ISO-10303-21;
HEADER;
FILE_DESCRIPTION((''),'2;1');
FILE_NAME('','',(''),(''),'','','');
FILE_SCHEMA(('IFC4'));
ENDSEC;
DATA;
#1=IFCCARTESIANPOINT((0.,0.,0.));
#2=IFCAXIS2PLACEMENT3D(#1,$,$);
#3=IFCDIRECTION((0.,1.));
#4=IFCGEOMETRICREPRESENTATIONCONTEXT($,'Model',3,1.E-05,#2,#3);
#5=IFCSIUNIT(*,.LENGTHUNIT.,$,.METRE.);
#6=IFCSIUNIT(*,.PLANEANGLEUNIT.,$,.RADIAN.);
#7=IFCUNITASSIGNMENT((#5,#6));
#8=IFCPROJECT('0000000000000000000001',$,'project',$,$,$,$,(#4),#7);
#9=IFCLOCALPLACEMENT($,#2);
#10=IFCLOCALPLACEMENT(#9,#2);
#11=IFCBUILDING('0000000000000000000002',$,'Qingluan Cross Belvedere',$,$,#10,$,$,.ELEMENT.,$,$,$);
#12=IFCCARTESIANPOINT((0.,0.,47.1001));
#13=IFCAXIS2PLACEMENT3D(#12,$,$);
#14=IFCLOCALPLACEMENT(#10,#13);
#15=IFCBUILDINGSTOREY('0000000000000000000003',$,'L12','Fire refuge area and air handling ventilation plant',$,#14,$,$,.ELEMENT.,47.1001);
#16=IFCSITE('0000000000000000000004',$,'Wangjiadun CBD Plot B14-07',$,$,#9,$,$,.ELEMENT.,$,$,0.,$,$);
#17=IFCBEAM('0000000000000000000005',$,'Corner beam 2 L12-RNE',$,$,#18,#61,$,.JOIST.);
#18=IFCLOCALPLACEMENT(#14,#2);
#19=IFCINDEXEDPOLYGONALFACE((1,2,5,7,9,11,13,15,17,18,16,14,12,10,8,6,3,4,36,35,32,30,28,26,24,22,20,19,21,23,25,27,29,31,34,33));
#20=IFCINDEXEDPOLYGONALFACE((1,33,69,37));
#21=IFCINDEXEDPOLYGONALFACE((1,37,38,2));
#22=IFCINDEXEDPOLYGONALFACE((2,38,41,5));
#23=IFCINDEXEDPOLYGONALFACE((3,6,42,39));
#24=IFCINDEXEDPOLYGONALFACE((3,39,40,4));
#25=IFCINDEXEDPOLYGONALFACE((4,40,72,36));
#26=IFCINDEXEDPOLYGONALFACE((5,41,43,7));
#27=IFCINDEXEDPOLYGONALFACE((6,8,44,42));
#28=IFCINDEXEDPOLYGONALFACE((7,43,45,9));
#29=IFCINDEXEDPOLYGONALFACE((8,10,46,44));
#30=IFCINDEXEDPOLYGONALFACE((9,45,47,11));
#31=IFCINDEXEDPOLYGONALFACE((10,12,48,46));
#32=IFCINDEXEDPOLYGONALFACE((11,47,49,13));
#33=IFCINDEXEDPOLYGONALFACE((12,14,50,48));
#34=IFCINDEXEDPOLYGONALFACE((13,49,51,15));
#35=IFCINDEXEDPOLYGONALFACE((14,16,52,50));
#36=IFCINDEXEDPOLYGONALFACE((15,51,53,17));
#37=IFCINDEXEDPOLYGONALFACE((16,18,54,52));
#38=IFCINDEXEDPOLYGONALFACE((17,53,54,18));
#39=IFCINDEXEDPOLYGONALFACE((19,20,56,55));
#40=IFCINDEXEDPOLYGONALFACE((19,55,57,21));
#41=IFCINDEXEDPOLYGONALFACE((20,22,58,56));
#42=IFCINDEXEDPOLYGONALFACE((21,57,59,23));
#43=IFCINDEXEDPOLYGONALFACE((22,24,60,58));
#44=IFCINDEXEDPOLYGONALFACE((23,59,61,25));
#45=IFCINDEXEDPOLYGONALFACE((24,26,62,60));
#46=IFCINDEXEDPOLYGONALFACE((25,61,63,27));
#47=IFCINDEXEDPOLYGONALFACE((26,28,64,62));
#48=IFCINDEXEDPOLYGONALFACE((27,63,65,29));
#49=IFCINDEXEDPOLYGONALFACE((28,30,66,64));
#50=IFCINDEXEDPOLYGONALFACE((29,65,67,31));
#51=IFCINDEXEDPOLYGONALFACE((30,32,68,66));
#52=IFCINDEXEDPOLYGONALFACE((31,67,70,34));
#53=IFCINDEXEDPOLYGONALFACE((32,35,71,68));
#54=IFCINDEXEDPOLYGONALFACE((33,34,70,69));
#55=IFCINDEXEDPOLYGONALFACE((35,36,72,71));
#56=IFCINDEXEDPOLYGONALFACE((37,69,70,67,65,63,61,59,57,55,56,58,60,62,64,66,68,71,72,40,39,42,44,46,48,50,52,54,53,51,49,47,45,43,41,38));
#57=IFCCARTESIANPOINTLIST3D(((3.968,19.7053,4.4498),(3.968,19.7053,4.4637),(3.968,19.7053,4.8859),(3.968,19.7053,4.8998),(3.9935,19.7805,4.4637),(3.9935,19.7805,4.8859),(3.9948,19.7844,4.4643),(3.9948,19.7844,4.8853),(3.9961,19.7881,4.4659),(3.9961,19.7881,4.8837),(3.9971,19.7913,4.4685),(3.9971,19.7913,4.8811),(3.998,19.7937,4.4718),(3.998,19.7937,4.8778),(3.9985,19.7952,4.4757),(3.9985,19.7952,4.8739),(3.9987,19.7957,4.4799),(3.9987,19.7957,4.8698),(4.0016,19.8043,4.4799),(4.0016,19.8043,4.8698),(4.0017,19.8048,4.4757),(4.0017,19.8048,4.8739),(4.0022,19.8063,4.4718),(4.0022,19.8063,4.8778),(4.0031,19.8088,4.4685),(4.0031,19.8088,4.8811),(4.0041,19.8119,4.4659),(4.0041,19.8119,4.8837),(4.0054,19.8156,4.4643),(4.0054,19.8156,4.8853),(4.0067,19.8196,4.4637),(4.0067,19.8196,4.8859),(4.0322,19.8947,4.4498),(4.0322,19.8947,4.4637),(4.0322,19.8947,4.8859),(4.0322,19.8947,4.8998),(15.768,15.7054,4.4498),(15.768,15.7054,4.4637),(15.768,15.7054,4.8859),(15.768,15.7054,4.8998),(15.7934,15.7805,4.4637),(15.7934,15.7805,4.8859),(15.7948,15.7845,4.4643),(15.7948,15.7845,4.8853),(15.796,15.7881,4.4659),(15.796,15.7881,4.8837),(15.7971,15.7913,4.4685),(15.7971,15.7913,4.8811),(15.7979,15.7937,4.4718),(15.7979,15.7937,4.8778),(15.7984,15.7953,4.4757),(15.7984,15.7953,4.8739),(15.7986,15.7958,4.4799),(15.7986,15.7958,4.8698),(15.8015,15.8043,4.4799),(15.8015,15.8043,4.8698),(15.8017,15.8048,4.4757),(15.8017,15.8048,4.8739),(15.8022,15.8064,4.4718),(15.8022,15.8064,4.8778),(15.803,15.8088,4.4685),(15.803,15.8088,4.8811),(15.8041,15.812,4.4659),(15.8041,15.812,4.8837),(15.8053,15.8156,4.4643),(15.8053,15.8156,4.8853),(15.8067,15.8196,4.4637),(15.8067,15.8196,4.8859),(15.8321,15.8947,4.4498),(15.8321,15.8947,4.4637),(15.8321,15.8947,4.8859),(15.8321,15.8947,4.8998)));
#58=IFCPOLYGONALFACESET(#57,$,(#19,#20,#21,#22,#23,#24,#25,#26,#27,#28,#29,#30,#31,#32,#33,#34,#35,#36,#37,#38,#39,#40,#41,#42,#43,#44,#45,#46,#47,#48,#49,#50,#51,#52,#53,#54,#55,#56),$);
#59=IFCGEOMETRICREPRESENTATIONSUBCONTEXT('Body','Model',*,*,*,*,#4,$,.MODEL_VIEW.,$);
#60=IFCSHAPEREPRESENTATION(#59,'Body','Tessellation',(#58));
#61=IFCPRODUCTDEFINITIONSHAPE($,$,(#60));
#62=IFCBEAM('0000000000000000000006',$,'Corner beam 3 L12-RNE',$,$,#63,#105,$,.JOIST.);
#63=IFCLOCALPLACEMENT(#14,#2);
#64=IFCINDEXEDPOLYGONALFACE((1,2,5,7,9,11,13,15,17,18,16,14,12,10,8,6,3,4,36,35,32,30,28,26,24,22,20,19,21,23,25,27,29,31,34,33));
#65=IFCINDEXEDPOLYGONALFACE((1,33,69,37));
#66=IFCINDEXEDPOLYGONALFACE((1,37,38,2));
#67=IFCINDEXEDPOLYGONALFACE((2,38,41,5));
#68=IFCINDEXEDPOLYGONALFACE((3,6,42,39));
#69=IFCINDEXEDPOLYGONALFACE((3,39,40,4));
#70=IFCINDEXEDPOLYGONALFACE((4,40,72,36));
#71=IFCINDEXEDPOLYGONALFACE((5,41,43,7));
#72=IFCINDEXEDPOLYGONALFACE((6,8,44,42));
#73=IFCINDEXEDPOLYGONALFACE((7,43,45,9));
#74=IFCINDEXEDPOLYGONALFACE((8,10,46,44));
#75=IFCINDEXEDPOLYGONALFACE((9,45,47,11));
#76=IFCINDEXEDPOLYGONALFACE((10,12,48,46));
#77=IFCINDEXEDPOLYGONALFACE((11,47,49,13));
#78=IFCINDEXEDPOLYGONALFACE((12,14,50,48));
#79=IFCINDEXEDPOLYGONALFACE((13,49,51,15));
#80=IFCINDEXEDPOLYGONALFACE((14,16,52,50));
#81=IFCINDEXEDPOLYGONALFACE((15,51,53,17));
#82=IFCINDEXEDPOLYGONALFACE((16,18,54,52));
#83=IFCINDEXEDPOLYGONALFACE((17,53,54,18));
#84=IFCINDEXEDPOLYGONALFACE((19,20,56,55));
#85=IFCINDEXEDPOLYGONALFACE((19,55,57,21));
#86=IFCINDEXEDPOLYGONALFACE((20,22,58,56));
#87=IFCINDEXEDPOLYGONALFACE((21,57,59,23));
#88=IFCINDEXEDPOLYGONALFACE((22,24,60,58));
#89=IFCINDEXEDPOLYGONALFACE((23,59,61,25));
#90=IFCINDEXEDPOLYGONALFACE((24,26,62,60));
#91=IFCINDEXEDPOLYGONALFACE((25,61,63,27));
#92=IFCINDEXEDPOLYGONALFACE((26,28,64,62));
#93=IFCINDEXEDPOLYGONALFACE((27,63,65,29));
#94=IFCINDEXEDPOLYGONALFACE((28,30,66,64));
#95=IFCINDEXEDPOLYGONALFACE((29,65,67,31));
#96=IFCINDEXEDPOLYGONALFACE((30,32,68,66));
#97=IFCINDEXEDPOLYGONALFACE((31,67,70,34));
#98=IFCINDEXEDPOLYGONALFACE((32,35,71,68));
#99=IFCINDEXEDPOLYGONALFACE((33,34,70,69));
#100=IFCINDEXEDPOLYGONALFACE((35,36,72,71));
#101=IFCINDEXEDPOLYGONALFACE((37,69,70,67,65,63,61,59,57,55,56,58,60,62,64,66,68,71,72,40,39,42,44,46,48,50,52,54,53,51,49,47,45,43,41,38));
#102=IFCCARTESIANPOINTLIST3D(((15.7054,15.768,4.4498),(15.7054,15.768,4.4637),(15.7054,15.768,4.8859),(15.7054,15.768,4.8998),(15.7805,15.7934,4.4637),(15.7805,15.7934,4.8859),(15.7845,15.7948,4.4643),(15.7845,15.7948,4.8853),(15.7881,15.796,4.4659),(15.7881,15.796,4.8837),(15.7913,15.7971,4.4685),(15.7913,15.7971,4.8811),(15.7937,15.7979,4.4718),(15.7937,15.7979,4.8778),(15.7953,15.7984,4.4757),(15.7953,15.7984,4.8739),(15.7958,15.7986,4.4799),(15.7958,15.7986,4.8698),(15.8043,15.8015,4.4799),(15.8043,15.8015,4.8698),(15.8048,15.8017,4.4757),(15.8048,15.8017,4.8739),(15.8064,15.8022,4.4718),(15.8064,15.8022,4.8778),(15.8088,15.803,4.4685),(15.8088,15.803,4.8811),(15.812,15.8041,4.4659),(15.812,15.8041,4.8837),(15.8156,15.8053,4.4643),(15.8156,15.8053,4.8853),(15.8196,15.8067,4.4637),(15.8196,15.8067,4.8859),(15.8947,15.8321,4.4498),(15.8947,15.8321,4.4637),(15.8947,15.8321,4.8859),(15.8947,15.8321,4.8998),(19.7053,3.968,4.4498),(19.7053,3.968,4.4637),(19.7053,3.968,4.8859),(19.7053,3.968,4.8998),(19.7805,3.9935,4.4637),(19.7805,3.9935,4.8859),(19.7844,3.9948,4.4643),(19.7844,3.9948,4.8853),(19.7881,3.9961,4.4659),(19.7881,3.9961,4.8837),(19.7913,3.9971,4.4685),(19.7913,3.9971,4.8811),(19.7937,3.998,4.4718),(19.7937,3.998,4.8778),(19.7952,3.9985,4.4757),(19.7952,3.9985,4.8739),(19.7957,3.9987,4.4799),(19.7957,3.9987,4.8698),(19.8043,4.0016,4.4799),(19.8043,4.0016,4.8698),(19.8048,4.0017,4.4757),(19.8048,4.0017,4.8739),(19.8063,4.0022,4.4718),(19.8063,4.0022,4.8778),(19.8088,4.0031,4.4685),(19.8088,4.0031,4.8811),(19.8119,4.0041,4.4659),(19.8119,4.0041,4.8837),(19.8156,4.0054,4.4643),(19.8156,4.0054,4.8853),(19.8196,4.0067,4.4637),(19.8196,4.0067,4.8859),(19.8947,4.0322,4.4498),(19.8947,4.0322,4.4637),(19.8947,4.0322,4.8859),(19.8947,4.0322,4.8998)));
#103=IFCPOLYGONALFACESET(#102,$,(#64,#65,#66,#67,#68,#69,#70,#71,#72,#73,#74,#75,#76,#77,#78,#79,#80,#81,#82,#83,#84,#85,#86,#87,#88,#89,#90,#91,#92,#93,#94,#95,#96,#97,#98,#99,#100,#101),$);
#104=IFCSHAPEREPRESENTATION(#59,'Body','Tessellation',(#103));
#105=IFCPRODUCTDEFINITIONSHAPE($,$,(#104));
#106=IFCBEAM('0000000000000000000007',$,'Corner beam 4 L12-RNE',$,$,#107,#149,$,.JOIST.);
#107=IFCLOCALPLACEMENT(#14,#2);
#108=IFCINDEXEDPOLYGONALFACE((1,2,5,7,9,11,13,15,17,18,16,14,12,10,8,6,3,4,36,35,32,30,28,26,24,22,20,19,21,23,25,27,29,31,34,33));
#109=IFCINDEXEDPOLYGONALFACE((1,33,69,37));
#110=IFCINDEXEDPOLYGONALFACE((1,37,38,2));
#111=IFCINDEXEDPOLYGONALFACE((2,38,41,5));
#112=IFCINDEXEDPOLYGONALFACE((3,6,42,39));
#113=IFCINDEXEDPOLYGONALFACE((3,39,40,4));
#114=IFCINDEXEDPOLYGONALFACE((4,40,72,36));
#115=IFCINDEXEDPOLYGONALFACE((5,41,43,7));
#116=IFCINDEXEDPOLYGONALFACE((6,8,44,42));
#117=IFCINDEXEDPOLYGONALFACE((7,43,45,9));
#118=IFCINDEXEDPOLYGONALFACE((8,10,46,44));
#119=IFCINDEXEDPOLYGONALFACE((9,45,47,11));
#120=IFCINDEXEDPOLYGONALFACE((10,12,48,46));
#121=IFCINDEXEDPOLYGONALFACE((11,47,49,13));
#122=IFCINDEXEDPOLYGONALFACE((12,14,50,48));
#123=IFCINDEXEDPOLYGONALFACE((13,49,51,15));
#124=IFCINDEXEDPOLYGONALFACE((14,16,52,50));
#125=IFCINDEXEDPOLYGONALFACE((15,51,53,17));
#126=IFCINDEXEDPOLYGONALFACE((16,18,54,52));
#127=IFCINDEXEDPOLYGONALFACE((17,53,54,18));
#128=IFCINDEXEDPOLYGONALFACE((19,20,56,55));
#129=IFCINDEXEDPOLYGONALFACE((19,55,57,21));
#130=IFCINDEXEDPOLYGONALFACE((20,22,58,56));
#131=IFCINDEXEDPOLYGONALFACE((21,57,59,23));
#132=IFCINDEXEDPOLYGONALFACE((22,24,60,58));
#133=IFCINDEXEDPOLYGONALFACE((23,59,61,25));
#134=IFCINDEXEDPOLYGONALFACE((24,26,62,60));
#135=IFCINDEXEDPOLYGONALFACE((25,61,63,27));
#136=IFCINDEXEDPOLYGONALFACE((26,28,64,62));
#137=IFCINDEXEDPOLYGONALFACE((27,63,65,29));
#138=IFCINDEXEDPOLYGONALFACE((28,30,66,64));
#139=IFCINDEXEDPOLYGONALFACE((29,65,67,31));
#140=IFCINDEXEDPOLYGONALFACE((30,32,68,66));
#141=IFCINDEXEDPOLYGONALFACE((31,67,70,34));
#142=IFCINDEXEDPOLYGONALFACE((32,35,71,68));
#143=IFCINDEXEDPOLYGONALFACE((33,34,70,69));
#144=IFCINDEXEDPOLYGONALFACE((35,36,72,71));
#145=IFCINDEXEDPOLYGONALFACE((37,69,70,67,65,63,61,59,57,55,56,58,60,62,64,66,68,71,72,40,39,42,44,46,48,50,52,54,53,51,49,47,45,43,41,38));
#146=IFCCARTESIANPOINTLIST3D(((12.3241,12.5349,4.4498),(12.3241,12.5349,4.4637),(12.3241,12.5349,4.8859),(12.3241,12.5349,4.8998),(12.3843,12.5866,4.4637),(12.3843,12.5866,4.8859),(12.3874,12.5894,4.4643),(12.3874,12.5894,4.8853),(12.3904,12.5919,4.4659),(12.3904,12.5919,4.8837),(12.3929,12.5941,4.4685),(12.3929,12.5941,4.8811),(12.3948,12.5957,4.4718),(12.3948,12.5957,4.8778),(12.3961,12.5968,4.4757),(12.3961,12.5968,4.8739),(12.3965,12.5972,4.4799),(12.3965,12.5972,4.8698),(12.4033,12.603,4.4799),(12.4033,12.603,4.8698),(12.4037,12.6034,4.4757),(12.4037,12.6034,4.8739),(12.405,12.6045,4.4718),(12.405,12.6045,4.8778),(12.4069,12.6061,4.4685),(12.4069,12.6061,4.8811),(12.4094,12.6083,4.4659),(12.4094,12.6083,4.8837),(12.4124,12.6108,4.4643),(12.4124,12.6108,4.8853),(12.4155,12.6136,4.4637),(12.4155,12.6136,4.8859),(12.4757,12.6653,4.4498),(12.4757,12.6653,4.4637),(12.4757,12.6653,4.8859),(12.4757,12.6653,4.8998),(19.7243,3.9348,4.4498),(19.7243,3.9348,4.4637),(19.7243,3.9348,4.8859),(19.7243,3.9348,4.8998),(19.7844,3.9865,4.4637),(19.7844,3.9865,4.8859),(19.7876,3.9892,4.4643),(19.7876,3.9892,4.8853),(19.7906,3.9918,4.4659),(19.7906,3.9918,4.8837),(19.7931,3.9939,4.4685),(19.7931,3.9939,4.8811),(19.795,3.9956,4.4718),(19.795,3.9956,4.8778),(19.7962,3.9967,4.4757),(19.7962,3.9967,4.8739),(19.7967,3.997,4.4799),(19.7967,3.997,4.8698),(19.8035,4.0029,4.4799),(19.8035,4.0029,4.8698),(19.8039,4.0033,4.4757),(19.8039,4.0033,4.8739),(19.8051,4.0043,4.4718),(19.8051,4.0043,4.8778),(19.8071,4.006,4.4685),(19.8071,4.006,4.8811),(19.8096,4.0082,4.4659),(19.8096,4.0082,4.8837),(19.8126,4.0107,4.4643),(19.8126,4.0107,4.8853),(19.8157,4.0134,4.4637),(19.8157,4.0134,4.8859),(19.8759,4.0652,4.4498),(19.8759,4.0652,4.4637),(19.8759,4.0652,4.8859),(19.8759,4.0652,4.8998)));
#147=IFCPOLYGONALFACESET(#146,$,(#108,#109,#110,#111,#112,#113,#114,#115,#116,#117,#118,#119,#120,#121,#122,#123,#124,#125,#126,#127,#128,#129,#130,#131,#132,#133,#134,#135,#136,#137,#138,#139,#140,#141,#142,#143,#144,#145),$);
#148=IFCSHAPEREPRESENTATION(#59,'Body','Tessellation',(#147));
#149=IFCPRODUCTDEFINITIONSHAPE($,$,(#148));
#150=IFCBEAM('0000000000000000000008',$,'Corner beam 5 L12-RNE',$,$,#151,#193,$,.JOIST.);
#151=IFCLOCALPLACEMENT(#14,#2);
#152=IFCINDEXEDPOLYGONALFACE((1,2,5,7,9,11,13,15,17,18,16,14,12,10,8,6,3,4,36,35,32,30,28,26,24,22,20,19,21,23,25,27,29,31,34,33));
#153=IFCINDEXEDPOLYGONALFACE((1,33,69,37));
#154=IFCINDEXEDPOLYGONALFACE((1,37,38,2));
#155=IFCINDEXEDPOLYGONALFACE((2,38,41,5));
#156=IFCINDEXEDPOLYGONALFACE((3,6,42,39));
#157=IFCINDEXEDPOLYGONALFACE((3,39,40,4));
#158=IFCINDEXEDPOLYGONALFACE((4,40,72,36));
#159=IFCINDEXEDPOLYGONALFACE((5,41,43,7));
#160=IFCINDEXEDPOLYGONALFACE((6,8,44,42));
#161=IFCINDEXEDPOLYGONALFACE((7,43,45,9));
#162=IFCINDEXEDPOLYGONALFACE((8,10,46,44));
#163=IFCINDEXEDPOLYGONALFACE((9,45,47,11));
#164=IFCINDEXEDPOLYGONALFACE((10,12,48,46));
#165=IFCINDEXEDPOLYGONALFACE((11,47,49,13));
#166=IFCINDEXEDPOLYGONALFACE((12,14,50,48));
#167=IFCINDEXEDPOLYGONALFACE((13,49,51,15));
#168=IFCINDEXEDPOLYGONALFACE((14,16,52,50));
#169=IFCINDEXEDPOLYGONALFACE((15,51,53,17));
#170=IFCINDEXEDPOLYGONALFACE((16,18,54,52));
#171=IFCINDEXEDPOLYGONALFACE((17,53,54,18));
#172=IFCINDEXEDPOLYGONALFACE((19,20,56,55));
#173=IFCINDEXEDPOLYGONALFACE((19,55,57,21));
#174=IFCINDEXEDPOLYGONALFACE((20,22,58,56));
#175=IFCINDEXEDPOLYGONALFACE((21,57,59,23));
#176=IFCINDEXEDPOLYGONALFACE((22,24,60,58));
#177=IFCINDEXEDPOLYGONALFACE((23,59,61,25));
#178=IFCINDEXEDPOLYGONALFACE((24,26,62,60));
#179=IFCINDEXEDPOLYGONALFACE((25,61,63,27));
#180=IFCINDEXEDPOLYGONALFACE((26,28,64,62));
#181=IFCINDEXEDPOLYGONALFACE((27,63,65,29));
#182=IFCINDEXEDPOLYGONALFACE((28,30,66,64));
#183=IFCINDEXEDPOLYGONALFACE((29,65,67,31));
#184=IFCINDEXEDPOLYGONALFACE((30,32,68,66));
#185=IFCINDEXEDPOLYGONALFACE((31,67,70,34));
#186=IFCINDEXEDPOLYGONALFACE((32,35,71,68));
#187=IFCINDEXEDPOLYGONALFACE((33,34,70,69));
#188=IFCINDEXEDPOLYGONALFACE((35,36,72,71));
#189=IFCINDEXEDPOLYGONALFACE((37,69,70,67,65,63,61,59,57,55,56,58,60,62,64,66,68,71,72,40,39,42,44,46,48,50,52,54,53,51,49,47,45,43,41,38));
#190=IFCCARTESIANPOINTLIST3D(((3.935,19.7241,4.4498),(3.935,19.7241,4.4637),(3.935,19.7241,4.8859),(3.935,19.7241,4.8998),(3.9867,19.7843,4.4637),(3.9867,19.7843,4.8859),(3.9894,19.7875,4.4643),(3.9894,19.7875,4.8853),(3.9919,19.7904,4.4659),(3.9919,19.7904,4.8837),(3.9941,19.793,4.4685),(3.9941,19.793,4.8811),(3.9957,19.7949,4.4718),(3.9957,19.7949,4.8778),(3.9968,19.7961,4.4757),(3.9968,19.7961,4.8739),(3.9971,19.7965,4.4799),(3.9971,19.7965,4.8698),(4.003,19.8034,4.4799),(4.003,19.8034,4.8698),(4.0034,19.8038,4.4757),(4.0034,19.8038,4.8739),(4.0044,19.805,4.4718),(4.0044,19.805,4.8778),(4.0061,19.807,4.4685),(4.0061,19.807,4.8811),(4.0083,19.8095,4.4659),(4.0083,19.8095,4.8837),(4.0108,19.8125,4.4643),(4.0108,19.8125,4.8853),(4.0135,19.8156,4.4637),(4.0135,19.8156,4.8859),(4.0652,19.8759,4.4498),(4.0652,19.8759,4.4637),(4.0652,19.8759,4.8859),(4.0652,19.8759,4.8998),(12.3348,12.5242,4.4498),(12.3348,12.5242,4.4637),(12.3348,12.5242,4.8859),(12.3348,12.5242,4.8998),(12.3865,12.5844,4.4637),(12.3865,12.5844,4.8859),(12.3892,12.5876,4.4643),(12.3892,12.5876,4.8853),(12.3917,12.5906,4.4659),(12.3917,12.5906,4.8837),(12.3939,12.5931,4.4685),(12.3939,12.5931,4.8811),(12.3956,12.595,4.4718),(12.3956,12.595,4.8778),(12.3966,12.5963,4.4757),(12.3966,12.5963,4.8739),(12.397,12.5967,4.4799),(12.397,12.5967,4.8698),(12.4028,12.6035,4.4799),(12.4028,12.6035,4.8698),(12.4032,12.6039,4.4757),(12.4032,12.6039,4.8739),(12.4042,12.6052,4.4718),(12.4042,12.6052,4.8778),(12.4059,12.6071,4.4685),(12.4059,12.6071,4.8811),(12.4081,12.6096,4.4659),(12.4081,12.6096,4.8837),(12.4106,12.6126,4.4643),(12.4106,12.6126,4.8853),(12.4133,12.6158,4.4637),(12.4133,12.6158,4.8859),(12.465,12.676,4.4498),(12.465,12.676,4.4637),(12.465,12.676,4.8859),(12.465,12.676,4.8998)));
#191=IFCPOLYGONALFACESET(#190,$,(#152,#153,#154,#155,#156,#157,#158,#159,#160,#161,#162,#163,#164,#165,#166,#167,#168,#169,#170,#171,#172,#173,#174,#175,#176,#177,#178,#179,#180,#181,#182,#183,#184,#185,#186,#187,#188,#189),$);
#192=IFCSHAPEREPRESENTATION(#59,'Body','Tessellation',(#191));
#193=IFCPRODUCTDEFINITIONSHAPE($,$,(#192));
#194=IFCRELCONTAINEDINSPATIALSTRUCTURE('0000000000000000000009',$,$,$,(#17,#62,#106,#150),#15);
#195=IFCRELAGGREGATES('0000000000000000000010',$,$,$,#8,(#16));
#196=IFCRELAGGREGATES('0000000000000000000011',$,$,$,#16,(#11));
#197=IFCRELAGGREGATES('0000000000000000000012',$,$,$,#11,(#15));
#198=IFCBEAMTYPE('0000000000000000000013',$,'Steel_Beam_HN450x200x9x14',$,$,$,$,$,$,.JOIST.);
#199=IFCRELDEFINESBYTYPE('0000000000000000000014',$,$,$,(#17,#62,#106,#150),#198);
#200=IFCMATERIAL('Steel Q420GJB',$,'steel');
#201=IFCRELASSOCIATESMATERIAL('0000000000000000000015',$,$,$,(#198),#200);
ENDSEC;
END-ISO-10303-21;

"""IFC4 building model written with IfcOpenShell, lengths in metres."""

from ifc_helpers import new_model, si_unit, direction, frame, origin, origin_2d, place, context, subcontext, project, spatial, i_section, extrude, material, material_profile, profile_set, type_object, element, save


model = new_model("IFC4")

# Units and contexts
model_context = context("Model", 3, precision=1e-05, world=origin(), true_north=direction((0.0, 1.0)))
body_context = subcontext(model_context, "Body", "Model", "MODEL_VIEW")
ifc_project = project(units=[si_unit("LENGTHUNIT", "METRE"), si_unit("PLANEANGLEUNIT", "RADIAN")], contexts=[model_context])

# Site, building, storey
site_placement = place(None, origin())
site = spatial("IfcSite", under=ifc_project, at=site_placement, Name="Wangjiadun CBD Plot B14-07", CompositionType="ELEMENT", RefElevation=0.0)
building_placement = place(site_placement, origin())
building = spatial("IfcBuilding", under=site, at=building_placement, Name="Qingluan Cross Belvedere", CompositionType="ELEMENT")
storey_placement = place(building_placement, frame((0.0, 0.0, 47.1001)))
storey = spatial("IfcBuildingStorey", under=building, at=storey_placement, Name="L12", Description="Fire refuge area and air handling ventilation plant", CompositionType="ELEMENT", Elevation=47.1001)

# Beams
ifc_material_1 = material(Name="Steel Q420GJB", Category="steel")
ifc_material_profile_1 = material_profile(ifc_material_1, i_section(OverallWidth=0.2, OverallDepth=0.45, WebThickness=0.009, FlangeThickness=0.0139, FilletRadius=0.0161, at=origin_2d()), Name="HN450x200x9x14")
ifc_profile_set_1 = profile_set([ifc_material_profile_1], Name="Steel Q420GJB")
beam_type_1 = type_object("IfcBeamType", Name="Steel_Beam_HN450x200x9x14", PredefinedType="JOIST", material=ifc_profile_set_1)
for number, where, z_axis, x_axis, name in (
    (1, (15.8, 15.8, 4.6748), (-0.947066, 0.321038, 0.0), (-0.321038, -0.947066, 0.0), "Corner beam 2 L12-RNE"),
    (2, (15.8, 15.8, 4.6748), (0.321038, -0.947066, 0.0), (0.947066, 0.321038, 0.0), "Corner beam 3 L12-RNE"),
):
    element("IfcBeam", number, at=place(storey_placement, frame(where, z_axis=z_axis, x_axis=x_axis)), inside=storey, type_object=beam_type_1, Name=name, PredefinedType="JOIST", context=body_context, shape_type="SweptSolid", body=[
        extrude(i_section(OverallWidth=0.2, OverallDepth=0.45, WebThickness=0.009, FlangeThickness=0.0139, FilletRadius=0.0161, at=origin_2d()), origin(), (0.0, 0.0, 1.0), 12.4595),
    ])
beam_1_placement = place(storey_placement, frame((12.3999, 12.6001, 4.6748), z_axis=(0.652245, -0.758008, 0.0), x_axis=(0.758008, 0.652245, 0.0)))
element("IfcBeam", 3, at=beam_1_placement, inside=storey, type_object=beam_type_1, Name="Corner beam 4 L12-RNE", PredefinedType="JOIST", context=body_context, shape_type="SweptSolid", body=[
    extrude(i_section(OverallWidth=0.2, OverallDepth=0.45, WebThickness=0.009, FlangeThickness=0.0139, FilletRadius=0.0161, at=origin_2d()), origin(), (0.0, 0.0, 1.0), 11.3457),
])
beam_2_placement = place(storey_placement, frame((12.3999, 12.6001, 4.6748), z_axis=(-0.759255, 0.650793, 0.0), x_axis=(-0.650793, -0.759255, 0.0)))
element("IfcBeam", 4, at=beam_2_placement, inside=storey, type_object=beam_type_1, Name="Corner beam 5 L12-RNE", PredefinedType="JOIST", context=body_context, shape_type="SweptSolid", body=[
    extrude(i_section(OverallWidth=0.2, OverallDepth=0.45, WebThickness=0.009, FlangeThickness=0.0139, FilletRadius=0.0161, at=origin_2d()), origin(), (0.0, 0.0, 1.0), 11.0632),
])

save(model, "model.ifc")
